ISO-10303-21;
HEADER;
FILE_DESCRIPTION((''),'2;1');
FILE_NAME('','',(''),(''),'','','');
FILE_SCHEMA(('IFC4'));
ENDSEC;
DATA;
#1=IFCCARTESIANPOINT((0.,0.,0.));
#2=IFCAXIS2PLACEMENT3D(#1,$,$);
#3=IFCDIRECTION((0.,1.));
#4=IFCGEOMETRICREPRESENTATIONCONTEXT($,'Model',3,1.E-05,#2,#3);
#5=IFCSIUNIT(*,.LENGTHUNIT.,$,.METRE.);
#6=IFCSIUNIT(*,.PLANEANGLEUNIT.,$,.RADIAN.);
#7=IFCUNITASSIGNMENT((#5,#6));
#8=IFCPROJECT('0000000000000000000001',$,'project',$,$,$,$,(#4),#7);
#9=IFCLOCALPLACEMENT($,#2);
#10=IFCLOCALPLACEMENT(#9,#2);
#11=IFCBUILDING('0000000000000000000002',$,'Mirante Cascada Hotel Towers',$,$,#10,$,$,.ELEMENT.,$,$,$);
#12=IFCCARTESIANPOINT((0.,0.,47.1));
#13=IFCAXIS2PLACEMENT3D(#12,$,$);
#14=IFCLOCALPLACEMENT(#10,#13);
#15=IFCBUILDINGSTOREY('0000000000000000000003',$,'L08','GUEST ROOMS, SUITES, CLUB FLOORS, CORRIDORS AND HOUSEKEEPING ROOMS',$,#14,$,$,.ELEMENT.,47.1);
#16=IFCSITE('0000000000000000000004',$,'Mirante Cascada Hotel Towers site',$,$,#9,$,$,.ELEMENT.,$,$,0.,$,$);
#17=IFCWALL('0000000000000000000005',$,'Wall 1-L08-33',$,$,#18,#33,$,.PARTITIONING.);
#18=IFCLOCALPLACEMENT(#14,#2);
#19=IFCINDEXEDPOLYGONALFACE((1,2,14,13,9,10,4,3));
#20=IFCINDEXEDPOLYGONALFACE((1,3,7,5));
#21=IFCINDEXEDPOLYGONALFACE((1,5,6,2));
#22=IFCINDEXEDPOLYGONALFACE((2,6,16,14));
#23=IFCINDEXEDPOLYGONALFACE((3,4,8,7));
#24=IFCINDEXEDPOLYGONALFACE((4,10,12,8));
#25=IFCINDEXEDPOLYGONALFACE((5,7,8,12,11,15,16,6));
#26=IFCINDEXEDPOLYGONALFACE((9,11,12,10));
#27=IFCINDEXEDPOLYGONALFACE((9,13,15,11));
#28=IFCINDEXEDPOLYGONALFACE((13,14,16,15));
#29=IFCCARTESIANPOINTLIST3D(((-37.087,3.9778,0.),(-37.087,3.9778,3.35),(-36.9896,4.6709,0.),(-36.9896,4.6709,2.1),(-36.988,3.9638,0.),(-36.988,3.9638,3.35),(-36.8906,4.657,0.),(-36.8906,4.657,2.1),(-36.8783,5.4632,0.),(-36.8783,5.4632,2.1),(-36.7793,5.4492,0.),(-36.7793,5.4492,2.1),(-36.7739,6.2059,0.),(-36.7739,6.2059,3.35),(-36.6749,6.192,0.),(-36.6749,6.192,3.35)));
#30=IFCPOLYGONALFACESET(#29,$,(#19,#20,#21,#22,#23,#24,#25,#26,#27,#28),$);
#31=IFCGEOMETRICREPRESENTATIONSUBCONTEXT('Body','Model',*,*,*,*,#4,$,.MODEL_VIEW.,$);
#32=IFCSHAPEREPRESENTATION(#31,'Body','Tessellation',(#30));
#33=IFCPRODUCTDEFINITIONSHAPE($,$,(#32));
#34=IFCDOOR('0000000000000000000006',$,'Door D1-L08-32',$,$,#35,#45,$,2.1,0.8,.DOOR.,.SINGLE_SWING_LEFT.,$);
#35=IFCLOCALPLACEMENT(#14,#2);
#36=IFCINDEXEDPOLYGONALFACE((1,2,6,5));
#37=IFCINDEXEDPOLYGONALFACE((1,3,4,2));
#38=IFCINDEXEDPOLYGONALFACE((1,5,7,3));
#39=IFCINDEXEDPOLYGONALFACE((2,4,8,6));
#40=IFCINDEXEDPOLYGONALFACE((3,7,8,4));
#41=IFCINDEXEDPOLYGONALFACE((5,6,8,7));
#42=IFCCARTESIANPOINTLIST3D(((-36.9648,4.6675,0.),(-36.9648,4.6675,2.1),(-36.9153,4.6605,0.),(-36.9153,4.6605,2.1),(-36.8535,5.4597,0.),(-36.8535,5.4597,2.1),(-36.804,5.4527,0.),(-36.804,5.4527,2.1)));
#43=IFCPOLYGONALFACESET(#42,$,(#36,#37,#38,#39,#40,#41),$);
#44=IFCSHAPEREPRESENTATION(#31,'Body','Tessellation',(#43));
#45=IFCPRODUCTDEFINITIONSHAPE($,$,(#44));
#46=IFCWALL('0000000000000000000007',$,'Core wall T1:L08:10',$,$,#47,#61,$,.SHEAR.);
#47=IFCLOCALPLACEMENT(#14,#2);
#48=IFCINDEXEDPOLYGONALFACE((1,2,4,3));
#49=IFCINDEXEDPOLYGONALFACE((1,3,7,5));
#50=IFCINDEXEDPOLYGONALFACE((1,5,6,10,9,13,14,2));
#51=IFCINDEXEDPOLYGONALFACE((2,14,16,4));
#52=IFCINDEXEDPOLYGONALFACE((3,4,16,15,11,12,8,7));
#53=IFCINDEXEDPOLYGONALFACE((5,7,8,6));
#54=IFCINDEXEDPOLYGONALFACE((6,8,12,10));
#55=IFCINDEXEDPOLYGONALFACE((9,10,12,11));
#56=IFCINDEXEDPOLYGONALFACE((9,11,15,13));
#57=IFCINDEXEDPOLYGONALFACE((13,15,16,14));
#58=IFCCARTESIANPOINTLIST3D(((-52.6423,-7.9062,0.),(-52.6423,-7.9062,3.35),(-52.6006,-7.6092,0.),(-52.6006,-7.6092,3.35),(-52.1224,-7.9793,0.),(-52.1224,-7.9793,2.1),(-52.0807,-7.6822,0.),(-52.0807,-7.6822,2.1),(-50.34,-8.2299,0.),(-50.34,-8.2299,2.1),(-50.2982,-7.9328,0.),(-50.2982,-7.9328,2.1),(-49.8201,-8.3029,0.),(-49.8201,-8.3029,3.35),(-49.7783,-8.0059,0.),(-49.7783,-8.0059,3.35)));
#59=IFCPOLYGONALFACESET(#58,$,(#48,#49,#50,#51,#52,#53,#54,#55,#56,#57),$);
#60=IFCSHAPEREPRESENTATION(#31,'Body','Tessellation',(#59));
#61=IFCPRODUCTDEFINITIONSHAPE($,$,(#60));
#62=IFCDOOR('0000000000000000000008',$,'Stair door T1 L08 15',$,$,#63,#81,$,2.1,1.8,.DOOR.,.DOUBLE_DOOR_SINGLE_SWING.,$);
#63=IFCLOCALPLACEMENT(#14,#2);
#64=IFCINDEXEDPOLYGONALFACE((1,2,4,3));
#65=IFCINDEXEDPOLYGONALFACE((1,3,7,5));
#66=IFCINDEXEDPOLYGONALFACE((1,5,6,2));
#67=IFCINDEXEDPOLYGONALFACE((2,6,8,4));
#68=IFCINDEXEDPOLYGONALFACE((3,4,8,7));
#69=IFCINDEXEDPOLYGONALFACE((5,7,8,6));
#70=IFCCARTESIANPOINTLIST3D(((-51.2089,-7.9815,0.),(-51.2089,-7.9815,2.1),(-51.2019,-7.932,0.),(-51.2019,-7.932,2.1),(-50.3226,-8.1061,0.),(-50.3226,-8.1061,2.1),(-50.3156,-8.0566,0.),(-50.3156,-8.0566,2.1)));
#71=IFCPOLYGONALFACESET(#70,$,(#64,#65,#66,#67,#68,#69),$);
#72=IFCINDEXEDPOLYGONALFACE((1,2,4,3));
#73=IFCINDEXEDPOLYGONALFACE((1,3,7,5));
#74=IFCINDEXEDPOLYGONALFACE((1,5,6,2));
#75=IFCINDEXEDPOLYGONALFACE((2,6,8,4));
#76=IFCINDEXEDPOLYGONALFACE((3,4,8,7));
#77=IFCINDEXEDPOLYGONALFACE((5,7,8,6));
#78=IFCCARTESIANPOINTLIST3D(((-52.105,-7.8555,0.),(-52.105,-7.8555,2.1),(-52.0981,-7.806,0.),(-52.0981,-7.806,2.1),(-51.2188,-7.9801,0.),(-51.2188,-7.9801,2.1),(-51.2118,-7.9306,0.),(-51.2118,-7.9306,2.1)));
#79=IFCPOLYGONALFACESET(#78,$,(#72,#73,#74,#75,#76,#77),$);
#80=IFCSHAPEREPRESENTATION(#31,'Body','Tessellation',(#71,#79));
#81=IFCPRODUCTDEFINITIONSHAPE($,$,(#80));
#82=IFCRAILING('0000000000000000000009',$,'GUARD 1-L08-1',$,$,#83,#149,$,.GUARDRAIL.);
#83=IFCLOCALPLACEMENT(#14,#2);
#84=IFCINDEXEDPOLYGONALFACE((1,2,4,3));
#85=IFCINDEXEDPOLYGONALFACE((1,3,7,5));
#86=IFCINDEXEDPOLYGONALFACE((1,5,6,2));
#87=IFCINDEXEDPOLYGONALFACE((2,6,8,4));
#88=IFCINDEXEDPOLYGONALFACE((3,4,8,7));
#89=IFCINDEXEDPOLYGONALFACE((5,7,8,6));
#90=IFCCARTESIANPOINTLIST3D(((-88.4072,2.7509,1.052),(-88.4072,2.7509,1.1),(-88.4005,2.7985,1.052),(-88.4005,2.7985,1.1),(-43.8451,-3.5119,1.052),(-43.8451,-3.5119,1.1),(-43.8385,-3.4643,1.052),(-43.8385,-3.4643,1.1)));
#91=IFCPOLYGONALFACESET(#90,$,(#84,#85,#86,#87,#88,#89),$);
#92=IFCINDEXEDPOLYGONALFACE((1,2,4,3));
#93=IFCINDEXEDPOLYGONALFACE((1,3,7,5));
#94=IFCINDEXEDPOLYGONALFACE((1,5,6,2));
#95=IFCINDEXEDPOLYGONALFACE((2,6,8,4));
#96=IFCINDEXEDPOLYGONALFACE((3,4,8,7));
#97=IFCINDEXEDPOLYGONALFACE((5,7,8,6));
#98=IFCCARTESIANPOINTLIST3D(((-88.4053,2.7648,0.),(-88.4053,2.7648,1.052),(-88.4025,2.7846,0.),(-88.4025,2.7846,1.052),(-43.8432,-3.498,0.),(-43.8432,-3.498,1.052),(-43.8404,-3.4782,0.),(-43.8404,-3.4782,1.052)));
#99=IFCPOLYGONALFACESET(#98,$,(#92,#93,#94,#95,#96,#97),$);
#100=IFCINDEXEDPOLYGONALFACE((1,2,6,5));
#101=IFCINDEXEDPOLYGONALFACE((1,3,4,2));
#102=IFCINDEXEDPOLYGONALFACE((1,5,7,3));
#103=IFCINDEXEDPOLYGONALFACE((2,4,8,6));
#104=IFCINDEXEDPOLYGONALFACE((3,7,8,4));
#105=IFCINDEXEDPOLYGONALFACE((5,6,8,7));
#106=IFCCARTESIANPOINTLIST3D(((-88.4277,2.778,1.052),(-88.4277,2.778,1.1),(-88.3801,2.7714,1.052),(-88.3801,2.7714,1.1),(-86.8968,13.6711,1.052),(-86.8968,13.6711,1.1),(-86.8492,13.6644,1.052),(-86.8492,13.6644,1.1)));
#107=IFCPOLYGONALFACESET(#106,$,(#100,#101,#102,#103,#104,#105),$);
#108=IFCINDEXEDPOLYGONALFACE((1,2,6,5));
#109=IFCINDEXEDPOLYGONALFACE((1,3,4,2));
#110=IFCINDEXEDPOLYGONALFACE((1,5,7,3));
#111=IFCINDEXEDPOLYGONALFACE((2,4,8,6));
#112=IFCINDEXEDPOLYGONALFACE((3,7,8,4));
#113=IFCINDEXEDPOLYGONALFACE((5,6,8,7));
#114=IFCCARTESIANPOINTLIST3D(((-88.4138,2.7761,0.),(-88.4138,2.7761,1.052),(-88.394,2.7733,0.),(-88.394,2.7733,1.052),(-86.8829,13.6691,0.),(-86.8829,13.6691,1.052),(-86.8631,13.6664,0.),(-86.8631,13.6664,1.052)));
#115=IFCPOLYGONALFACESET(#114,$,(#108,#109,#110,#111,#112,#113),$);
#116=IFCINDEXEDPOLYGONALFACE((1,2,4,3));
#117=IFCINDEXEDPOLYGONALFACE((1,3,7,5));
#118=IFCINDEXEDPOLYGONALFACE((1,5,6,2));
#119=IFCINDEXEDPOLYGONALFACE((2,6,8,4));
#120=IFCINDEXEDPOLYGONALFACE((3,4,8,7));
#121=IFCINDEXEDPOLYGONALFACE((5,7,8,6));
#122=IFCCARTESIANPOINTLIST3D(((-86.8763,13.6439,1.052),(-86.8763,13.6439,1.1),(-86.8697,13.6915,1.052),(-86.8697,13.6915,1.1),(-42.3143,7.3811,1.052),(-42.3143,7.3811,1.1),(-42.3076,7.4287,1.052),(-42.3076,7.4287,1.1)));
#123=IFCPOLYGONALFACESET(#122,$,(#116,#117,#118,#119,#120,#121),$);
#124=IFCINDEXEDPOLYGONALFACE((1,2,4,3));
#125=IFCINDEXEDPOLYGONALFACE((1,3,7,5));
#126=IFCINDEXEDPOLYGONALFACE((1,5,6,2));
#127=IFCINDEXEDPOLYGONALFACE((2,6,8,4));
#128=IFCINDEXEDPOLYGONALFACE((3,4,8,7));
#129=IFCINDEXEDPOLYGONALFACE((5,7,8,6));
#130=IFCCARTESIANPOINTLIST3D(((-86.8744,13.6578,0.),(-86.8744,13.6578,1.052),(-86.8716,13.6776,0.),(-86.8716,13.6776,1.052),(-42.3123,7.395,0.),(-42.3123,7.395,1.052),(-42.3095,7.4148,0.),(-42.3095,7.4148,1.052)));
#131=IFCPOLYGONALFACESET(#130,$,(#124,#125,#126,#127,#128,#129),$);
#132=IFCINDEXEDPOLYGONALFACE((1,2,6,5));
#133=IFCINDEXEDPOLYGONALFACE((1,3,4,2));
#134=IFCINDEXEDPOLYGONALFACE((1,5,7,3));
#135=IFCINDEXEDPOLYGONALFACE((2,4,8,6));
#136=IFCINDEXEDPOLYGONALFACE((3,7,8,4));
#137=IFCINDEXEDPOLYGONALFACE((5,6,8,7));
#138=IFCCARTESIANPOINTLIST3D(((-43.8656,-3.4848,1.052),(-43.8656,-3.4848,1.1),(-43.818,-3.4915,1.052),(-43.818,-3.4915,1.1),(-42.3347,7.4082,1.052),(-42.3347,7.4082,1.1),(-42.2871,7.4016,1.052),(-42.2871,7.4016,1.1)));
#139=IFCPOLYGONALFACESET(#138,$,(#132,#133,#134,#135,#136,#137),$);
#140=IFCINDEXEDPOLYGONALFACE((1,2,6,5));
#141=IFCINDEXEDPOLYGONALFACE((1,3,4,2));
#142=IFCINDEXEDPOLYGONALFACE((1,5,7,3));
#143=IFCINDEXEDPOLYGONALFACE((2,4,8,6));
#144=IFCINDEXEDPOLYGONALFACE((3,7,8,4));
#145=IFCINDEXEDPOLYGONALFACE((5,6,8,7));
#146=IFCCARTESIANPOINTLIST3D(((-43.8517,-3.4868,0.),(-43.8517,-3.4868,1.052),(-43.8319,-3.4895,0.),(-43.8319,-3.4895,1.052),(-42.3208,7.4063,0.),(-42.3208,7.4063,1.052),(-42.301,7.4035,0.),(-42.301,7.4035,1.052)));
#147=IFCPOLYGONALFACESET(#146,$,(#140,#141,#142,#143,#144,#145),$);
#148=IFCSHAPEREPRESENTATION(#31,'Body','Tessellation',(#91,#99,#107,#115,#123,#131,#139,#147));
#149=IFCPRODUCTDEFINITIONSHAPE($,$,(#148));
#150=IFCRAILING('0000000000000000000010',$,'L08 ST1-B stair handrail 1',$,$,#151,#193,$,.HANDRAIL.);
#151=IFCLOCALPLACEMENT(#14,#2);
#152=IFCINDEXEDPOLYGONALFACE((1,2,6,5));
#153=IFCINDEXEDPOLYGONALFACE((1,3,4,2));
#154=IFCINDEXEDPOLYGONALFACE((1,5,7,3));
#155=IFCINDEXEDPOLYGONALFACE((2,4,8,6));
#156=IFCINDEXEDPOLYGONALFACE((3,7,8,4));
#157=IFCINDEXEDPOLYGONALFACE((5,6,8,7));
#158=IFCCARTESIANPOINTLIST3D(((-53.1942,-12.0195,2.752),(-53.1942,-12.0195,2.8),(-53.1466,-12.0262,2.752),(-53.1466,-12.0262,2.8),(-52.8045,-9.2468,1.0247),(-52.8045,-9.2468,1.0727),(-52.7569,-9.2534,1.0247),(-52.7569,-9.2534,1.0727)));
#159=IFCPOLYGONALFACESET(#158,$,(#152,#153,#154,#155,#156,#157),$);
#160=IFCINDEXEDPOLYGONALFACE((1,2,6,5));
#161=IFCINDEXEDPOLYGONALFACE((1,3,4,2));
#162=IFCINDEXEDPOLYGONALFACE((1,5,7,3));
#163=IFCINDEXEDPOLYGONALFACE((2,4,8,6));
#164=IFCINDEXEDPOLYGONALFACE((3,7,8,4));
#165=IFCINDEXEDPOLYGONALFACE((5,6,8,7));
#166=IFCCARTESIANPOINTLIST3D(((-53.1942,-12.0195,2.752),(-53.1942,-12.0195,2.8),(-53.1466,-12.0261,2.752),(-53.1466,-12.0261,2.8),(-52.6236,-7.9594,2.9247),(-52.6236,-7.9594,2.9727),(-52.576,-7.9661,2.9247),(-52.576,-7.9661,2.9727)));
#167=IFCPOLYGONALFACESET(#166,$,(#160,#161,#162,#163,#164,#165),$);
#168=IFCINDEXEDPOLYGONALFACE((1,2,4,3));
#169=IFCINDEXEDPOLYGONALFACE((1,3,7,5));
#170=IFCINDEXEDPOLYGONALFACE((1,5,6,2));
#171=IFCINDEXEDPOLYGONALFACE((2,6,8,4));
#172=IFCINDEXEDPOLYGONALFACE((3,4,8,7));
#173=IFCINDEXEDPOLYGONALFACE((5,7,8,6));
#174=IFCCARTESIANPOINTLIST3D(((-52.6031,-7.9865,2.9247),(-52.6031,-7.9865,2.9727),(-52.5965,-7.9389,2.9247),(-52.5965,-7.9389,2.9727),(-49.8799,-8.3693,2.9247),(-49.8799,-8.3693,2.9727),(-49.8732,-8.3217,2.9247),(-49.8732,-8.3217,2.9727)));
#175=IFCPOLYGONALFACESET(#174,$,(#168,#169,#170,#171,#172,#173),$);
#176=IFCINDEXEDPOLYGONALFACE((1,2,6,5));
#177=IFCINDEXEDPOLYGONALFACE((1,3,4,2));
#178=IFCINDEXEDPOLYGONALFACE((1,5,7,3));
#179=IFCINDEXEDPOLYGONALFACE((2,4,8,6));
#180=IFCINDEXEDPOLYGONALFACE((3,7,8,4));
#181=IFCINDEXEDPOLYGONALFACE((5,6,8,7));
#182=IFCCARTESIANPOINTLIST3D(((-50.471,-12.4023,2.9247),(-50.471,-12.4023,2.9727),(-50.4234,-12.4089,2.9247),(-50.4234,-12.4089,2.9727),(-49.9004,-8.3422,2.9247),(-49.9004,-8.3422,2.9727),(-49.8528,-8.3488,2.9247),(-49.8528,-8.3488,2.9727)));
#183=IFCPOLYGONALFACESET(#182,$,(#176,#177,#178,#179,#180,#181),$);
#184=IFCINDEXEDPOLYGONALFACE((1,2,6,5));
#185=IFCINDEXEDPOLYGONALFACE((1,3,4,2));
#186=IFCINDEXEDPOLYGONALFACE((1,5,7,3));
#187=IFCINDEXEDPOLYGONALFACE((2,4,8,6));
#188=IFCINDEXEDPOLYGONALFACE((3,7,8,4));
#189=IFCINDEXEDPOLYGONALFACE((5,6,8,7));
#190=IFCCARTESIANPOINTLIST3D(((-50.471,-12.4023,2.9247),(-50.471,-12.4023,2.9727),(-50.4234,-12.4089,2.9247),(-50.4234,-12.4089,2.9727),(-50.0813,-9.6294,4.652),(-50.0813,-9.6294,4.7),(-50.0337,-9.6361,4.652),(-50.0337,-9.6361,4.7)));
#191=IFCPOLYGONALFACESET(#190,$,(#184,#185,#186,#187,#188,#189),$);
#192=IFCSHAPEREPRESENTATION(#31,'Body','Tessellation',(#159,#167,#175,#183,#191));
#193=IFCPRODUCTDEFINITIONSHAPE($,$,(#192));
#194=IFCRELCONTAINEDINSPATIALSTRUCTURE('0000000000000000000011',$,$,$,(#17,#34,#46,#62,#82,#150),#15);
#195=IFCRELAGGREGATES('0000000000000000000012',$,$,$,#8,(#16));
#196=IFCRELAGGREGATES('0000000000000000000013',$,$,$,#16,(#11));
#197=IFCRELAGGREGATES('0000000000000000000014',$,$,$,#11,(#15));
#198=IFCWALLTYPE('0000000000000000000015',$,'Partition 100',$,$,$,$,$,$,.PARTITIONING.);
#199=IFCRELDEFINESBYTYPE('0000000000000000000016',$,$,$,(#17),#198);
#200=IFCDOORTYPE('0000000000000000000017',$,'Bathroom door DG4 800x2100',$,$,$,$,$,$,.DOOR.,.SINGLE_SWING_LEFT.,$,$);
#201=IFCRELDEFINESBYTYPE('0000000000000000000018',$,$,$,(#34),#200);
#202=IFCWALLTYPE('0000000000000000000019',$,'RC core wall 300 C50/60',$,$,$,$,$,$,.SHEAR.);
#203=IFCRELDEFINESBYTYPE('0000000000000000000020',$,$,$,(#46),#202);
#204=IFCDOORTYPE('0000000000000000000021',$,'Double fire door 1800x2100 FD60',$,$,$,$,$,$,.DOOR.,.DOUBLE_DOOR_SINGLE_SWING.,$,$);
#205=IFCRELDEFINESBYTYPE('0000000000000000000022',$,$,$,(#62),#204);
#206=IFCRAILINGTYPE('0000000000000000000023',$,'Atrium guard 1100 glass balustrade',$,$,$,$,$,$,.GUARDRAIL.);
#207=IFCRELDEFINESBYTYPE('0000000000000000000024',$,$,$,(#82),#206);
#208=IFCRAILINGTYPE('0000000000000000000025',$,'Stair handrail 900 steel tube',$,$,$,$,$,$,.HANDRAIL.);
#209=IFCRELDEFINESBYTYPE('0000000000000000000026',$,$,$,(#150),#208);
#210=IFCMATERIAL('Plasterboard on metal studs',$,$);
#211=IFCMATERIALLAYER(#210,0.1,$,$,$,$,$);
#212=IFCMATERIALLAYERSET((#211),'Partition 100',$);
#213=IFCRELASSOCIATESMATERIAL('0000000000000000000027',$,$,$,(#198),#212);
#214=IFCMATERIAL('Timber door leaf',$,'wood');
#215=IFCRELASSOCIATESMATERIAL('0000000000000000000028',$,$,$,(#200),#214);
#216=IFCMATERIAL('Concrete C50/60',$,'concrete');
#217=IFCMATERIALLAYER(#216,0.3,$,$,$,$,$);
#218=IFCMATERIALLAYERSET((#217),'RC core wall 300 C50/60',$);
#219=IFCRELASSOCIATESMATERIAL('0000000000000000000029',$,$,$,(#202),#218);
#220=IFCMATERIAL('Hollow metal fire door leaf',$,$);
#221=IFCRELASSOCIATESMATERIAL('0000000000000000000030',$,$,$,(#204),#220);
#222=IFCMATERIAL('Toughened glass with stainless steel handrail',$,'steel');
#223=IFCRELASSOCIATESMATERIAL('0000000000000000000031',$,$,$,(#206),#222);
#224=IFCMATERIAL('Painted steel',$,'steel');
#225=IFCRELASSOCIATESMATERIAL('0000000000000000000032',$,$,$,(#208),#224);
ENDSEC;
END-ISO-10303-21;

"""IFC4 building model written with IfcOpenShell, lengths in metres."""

from ifc_helpers import new_model, si_unit, direction, frame, frame_2d, origin, origin_2d, place, context, subcontext, project, spatial, rectangle, extrude, material, layer, layer_set, type_object, element, fill, save


model = new_model("IFC4")

# Units and contexts
model_context = context("Model", 3, precision=1e-05, world=origin(), true_north=direction((0.0, 1.0)))
body_context = subcontext(model_context, "Body", "Model", "MODEL_VIEW")
ifc_project = project(units=[si_unit("LENGTHUNIT", "METRE"), si_unit("PLANEANGLEUNIT", "RADIAN")], contexts=[model_context])

# Site, building, storey
site_placement = place(None, origin())
site = spatial("IfcSite", under=ifc_project, at=site_placement, Name="Mirante Cascada Hotel Towers site", CompositionType="ELEMENT", RefElevation=0.0)
building_placement = place(site_placement, origin())
building = spatial("IfcBuilding", under=site, at=building_placement, Name="Mirante Cascada Hotel Towers", CompositionType="ELEMENT")
storey_placement = place(building_placement, frame((0.0, 0.0, 47.1)))
storey = spatial("IfcBuildingStorey", under=building, at=storey_placement, Name="L08", Description="GUEST ROOMS, SUITES, CLUB FLOORS, CORRIDORS AND HOUSEKEEPING ROOMS", CompositionType="ELEMENT", Elevation=47.1)

# Shared definitions
ifc_material_1 = material(Name="Plasterboard on metal studs")
ifc_layer_1 = layer(ifc_material_1, 0.1)
ifc_layer_set_1 = layer_set([ifc_layer_1], Name="Partition 100")
wall_type_1 = type_object("IfcWallType", Name="Partition 100", PredefinedType="PARTITIONING", material=ifc_layer_set_1)

# Walls, openings, doors
ifc_material_2 = material(Name="Timber door leaf", Category="wood")
door_type_1 = type_object("IfcDoorType", Name="Bathroom door DG4 800x2100", OperationType="SINGLE_SWING_LEFT", PredefinedType="DOOR", material=ifc_material_2)
wall_1_placement = place(storey_placement, frame((-37.0375, 3.9708, 0.0), z_axis=(0.0, 0.0, 1.0), x_axis=(0.139156, 0.990271, 0.0)))
wall_1 = element("IfcWall", 1, at=wall_1_placement, inside=storey, type_object=wall_type_1, Name="Wall 1-L08-33", PredefinedType="PARTITIONING", context=body_context, shape_type="SweptSolid", body=[
    extrude(rectangle(XDim=2.25, YDim=0.1, at=frame_2d((1.125, 0.0))), origin(), (0.0, 0.0, 1.0), 3.35),
])
opening_1_placement = place(wall_1_placement, frame((0.7, 0.0, 0.0)))
opening_1 = element("IfcOpeningElement", 2, at=opening_1_placement, cuts=wall_1, PredefinedType="OPENING", context=body_context, shape_type="SweptSolid", body=[
    extrude(rectangle(XDim=0.8, YDim=2.1, at=frame_2d((0.4, 1.05))), frame((0.0, 0.05, 0.0), z_axis=(0.0, -1.0, 0.0), x_axis=(1.0, 0.0, 0.0)), (0.0, 0.0, 1.0), 0.1),
])
door_1_placement = place(opening_1_placement, origin())
door_1 = element("IfcDoor", 3, at=door_1_placement, inside=storey, type_object=door_type_1, Name="Door D1-L08-32", OperationType="SINGLE_SWING_LEFT", OverallHeight=2.1, OverallWidth=0.8, PredefinedType="DOOR", context=body_context, shape_type="SweptSolid", body=[
    extrude(rectangle(XDim=0.8, YDim=2.1, at=frame_2d((0.4, 1.05))), frame((0.0, 0.025, 0.0), z_axis=(0.0, -1.0, 0.0), x_axis=(1.0, 0.0, 0.0)), (0.0, 0.0, 1.0), 0.05),
])
fill(opening_1, door_1)
ifc_material_3 = material(Name="Concrete C50/60", Category="concrete")
ifc_layer_2 = layer(ifc_material_3, 0.3)
ifc_layer_set_2 = layer_set([ifc_layer_2], Name="RC core wall 300 C50/60")
wall_type_2 = type_object("IfcWallType", Name="RC core wall 300 C50/60", PredefinedType="SHEAR", material=ifc_layer_set_2)
wall_2_placement = place(storey_placement, frame((-49.7992, -8.1544, 0.0), z_axis=(0.0, 0.0, 1.0), x_axis=(-0.990266, 0.139191, 0.0)))
wall_2 = element("IfcWall", 4, at=wall_2_placement, inside=storey, type_object=wall_type_2, Name="Core wall T1:L08:10", PredefinedType="SHEAR", context=body_context, shape_type="SweptSolid", body=[
    extrude(rectangle(XDim=2.85, YDim=0.3, at=frame_2d((1.425, 0.0))), origin(), (0.0, 0.0, 1.0), 3.35),
])
opening_2_placement = place(wall_2_placement, frame((0.525, 0.0, 0.0)))
opening_2 = element("IfcOpeningElement", 5, at=opening_2_placement, cuts=wall_2, PredefinedType="OPENING", context=body_context, shape_type="SweptSolid", body=[
    extrude(rectangle(XDim=1.8, YDim=2.1, at=frame_2d((0.9, 1.05))), frame((0.0, 0.15, 0.0), z_axis=(0.0, -1.0, 0.0), x_axis=(1.0, 0.0, 0.0)), (0.0, 0.0, 1.0), 0.3),
])
ifc_material_4 = material(Name="Hollow metal fire door leaf")
door_type_2 = type_object("IfcDoorType", Name="Double fire door 1800x2100 FD60", OperationType="DOUBLE_DOOR_SINGLE_SWING", PredefinedType="DOOR", material=ifc_material_4)
door_2_placement = place(opening_2_placement, origin())
door_2 = element("IfcDoor", 6, at=door_2_placement, inside=storey, type_object=door_type_2, Name="Stair door T1 L08 15", OperationType="DOUBLE_DOOR_SINGLE_SWING", OverallHeight=2.1, OverallWidth=1.8, PredefinedType="DOOR", context=body_context, shape_type="SweptSolid", body=[
    extrude(rectangle(XDim=0.895, YDim=2.1, at=frame_2d((0.4475, 1.05))), frame((0.0, 0.025, 0.0), z_axis=(0.0, -1.0, 0.0), x_axis=(1.0, 0.0, 0.0)), (0.0, 0.0, 1.0), 0.05),
    extrude(rectangle(XDim=0.895, YDim=2.1, at=frame_2d((1.3525, 1.05))), frame((0.0, 0.025, 0.0), z_axis=(0.0, -1.0, 0.0), x_axis=(1.0, 0.0, 0.0)), (0.0, 0.0, 1.0), 0.05),
])
fill(opening_2, door_2)

# Railings
ifc_material_5 = material(Name="Toughened glass with stainless steel handrail", Category="steel")
railing_type_1 = type_object("IfcRailingType", Name="Atrium guard 1100 glass balustrade", PredefinedType="GUARDRAIL", material=ifc_material_5)
railing_1_placement = place(storey_placement, frame((-43.8418, -3.4881, 0.0)))
element("IfcRailing", 7, at=railing_1_placement, inside=storey, type_object=railing_type_1, Name="GUARD 1-L08-1", PredefinedType="GUARDRAIL", context=body_context, shape_type="SweptSolid", body=[
    extrude(rectangle(XDim=0.048, YDim=0.048, at=origin_2d()), frame((0.0, 0.0, 1.076), z_axis=(-0.990268, 0.139173, 0.0), x_axis=(-0.139173, -0.990268, 0.0)), (0.0, 0.0, 1.0), 45.0),
    extrude(rectangle(XDim=0.02, YDim=1.052, at=origin_2d()), frame((0.0, 0.0, 0.526), z_axis=(-0.990268, 0.139173, 0.0), x_axis=(-0.139173, -0.990268, 0.0)), (0.0, 0.0, 1.0), 45.0),
    extrude(rectangle(XDim=0.048, YDim=0.048, at=origin_2d()), frame((-44.5621, 6.2628, 1.076), z_axis=(0.139172, 0.990268, 0.0), x_axis=(-0.990268, 0.139172, 0.0)), (0.0, 0.0, 1.0), 11.0001),
    extrude(rectangle(XDim=0.02, YDim=1.052, at=origin_2d()), frame((-44.5621, 6.2628, 0.526), z_axis=(0.139172, 0.990268, 0.0), x_axis=(-0.990268, 0.139172, 0.0)), (0.0, 0.0, 1.0), 11.0001),
    extrude(rectangle(XDim=0.048, YDim=0.048, at=origin_2d()), frame((-43.0312, 17.1558, 1.076), z_axis=(0.990268, -0.139173, 0.0), x_axis=(0.139173, 0.990268, 0.0)), (0.0, 0.0, 1.0), 45.0),
    extrude(rectangle(XDim=0.02, YDim=1.052, at=origin_2d()), frame((-43.0312, 17.1558, 0.526), z_axis=(0.990268, -0.139173, 0.0), x_axis=(0.139173, 0.990268, 0.0)), (0.0, 0.0, 1.0), 45.0),
    extrude(rectangle(XDim=0.048, YDim=0.048, at=origin_2d()), frame((1.5309, 10.893, 1.076), z_axis=(-0.139172, -0.990268, 0.0), x_axis=(0.990268, -0.139172, 0.0)), (0.0, 0.0, 1.0), 11.0001),
    extrude(rectangle(XDim=0.02, YDim=1.052, at=origin_2d()), frame((1.5309, 10.893, 0.526), z_axis=(-0.139172, -0.990268, 0.0), x_axis=(0.990268, -0.139172, 0.0)), (0.0, 0.0, 1.0), 11.0001),
])
ifc_material_6 = material(Name="Painted steel", Category="steel")
railing_type_2 = type_object("IfcRailingType", Name="Stair handrail 900 steel tube", PredefinedType="HANDRAIL", material=ifc_material_6)
railing_2_placement = place(storey_placement, frame((-52.7807, -9.2501, 0.1727)))
element("IfcRailing", 8, at=railing_2_placement, inside=storey, type_object=railing_type_2, Name="L08 ST1-B stair handrail 1", PredefinedType="HANDRAIL", context=body_context, shape_type="SweptSolid", body=[
    extrude(rectangle(XDim=0.048, YDim=0.048, at=origin_2d()), frame((0.0, 0.0, 0.876), z_axis=(-0.139181, -0.990267, 0.0), x_axis=(0.990267, -0.139181, 0.0)), (0.0, 0.525035, 0.851081), 3.2899),
    extrude(rectangle(XDim=0.048, YDim=0.048, at=origin_2d()), frame((-0.3897, -2.7727, 2.6033), z_axis=(0.139171, 0.990268, 0.0), x_axis=(-0.990268, 0.139171, 0.0)), (0.0, 0.042085, 0.999114), 4.1036),
    extrude(rectangle(XDim=0.048, YDim=0.048, at=origin_2d()), frame((0.1809, 1.2874, 2.776), z_axis=(0.990264, -0.139201, 0.0), x_axis=(0.139201, 0.990264, 0.0)), (0.0, 0.0, 1.0), 2.75),
    extrude(rectangle(XDim=0.048, YDim=0.048, at=origin_2d()), frame((2.9041, 0.9046, 2.776), z_axis=(-0.139171, -0.990268, 0.0), x_axis=(0.990268, -0.139171, 0.0)), (0.0, 0.0, 1.0), 4.1),
    extrude(rectangle(XDim=0.048, YDim=0.048, at=origin_2d()), frame((2.3335, -3.1555, 2.776), z_axis=(0.139176, 0.990268, 0.0), x_axis=(-0.990268, 0.139176, 0.0)), (0.0, 0.525021, 0.851089), 3.29),
])

save(model, "model.ifc")
